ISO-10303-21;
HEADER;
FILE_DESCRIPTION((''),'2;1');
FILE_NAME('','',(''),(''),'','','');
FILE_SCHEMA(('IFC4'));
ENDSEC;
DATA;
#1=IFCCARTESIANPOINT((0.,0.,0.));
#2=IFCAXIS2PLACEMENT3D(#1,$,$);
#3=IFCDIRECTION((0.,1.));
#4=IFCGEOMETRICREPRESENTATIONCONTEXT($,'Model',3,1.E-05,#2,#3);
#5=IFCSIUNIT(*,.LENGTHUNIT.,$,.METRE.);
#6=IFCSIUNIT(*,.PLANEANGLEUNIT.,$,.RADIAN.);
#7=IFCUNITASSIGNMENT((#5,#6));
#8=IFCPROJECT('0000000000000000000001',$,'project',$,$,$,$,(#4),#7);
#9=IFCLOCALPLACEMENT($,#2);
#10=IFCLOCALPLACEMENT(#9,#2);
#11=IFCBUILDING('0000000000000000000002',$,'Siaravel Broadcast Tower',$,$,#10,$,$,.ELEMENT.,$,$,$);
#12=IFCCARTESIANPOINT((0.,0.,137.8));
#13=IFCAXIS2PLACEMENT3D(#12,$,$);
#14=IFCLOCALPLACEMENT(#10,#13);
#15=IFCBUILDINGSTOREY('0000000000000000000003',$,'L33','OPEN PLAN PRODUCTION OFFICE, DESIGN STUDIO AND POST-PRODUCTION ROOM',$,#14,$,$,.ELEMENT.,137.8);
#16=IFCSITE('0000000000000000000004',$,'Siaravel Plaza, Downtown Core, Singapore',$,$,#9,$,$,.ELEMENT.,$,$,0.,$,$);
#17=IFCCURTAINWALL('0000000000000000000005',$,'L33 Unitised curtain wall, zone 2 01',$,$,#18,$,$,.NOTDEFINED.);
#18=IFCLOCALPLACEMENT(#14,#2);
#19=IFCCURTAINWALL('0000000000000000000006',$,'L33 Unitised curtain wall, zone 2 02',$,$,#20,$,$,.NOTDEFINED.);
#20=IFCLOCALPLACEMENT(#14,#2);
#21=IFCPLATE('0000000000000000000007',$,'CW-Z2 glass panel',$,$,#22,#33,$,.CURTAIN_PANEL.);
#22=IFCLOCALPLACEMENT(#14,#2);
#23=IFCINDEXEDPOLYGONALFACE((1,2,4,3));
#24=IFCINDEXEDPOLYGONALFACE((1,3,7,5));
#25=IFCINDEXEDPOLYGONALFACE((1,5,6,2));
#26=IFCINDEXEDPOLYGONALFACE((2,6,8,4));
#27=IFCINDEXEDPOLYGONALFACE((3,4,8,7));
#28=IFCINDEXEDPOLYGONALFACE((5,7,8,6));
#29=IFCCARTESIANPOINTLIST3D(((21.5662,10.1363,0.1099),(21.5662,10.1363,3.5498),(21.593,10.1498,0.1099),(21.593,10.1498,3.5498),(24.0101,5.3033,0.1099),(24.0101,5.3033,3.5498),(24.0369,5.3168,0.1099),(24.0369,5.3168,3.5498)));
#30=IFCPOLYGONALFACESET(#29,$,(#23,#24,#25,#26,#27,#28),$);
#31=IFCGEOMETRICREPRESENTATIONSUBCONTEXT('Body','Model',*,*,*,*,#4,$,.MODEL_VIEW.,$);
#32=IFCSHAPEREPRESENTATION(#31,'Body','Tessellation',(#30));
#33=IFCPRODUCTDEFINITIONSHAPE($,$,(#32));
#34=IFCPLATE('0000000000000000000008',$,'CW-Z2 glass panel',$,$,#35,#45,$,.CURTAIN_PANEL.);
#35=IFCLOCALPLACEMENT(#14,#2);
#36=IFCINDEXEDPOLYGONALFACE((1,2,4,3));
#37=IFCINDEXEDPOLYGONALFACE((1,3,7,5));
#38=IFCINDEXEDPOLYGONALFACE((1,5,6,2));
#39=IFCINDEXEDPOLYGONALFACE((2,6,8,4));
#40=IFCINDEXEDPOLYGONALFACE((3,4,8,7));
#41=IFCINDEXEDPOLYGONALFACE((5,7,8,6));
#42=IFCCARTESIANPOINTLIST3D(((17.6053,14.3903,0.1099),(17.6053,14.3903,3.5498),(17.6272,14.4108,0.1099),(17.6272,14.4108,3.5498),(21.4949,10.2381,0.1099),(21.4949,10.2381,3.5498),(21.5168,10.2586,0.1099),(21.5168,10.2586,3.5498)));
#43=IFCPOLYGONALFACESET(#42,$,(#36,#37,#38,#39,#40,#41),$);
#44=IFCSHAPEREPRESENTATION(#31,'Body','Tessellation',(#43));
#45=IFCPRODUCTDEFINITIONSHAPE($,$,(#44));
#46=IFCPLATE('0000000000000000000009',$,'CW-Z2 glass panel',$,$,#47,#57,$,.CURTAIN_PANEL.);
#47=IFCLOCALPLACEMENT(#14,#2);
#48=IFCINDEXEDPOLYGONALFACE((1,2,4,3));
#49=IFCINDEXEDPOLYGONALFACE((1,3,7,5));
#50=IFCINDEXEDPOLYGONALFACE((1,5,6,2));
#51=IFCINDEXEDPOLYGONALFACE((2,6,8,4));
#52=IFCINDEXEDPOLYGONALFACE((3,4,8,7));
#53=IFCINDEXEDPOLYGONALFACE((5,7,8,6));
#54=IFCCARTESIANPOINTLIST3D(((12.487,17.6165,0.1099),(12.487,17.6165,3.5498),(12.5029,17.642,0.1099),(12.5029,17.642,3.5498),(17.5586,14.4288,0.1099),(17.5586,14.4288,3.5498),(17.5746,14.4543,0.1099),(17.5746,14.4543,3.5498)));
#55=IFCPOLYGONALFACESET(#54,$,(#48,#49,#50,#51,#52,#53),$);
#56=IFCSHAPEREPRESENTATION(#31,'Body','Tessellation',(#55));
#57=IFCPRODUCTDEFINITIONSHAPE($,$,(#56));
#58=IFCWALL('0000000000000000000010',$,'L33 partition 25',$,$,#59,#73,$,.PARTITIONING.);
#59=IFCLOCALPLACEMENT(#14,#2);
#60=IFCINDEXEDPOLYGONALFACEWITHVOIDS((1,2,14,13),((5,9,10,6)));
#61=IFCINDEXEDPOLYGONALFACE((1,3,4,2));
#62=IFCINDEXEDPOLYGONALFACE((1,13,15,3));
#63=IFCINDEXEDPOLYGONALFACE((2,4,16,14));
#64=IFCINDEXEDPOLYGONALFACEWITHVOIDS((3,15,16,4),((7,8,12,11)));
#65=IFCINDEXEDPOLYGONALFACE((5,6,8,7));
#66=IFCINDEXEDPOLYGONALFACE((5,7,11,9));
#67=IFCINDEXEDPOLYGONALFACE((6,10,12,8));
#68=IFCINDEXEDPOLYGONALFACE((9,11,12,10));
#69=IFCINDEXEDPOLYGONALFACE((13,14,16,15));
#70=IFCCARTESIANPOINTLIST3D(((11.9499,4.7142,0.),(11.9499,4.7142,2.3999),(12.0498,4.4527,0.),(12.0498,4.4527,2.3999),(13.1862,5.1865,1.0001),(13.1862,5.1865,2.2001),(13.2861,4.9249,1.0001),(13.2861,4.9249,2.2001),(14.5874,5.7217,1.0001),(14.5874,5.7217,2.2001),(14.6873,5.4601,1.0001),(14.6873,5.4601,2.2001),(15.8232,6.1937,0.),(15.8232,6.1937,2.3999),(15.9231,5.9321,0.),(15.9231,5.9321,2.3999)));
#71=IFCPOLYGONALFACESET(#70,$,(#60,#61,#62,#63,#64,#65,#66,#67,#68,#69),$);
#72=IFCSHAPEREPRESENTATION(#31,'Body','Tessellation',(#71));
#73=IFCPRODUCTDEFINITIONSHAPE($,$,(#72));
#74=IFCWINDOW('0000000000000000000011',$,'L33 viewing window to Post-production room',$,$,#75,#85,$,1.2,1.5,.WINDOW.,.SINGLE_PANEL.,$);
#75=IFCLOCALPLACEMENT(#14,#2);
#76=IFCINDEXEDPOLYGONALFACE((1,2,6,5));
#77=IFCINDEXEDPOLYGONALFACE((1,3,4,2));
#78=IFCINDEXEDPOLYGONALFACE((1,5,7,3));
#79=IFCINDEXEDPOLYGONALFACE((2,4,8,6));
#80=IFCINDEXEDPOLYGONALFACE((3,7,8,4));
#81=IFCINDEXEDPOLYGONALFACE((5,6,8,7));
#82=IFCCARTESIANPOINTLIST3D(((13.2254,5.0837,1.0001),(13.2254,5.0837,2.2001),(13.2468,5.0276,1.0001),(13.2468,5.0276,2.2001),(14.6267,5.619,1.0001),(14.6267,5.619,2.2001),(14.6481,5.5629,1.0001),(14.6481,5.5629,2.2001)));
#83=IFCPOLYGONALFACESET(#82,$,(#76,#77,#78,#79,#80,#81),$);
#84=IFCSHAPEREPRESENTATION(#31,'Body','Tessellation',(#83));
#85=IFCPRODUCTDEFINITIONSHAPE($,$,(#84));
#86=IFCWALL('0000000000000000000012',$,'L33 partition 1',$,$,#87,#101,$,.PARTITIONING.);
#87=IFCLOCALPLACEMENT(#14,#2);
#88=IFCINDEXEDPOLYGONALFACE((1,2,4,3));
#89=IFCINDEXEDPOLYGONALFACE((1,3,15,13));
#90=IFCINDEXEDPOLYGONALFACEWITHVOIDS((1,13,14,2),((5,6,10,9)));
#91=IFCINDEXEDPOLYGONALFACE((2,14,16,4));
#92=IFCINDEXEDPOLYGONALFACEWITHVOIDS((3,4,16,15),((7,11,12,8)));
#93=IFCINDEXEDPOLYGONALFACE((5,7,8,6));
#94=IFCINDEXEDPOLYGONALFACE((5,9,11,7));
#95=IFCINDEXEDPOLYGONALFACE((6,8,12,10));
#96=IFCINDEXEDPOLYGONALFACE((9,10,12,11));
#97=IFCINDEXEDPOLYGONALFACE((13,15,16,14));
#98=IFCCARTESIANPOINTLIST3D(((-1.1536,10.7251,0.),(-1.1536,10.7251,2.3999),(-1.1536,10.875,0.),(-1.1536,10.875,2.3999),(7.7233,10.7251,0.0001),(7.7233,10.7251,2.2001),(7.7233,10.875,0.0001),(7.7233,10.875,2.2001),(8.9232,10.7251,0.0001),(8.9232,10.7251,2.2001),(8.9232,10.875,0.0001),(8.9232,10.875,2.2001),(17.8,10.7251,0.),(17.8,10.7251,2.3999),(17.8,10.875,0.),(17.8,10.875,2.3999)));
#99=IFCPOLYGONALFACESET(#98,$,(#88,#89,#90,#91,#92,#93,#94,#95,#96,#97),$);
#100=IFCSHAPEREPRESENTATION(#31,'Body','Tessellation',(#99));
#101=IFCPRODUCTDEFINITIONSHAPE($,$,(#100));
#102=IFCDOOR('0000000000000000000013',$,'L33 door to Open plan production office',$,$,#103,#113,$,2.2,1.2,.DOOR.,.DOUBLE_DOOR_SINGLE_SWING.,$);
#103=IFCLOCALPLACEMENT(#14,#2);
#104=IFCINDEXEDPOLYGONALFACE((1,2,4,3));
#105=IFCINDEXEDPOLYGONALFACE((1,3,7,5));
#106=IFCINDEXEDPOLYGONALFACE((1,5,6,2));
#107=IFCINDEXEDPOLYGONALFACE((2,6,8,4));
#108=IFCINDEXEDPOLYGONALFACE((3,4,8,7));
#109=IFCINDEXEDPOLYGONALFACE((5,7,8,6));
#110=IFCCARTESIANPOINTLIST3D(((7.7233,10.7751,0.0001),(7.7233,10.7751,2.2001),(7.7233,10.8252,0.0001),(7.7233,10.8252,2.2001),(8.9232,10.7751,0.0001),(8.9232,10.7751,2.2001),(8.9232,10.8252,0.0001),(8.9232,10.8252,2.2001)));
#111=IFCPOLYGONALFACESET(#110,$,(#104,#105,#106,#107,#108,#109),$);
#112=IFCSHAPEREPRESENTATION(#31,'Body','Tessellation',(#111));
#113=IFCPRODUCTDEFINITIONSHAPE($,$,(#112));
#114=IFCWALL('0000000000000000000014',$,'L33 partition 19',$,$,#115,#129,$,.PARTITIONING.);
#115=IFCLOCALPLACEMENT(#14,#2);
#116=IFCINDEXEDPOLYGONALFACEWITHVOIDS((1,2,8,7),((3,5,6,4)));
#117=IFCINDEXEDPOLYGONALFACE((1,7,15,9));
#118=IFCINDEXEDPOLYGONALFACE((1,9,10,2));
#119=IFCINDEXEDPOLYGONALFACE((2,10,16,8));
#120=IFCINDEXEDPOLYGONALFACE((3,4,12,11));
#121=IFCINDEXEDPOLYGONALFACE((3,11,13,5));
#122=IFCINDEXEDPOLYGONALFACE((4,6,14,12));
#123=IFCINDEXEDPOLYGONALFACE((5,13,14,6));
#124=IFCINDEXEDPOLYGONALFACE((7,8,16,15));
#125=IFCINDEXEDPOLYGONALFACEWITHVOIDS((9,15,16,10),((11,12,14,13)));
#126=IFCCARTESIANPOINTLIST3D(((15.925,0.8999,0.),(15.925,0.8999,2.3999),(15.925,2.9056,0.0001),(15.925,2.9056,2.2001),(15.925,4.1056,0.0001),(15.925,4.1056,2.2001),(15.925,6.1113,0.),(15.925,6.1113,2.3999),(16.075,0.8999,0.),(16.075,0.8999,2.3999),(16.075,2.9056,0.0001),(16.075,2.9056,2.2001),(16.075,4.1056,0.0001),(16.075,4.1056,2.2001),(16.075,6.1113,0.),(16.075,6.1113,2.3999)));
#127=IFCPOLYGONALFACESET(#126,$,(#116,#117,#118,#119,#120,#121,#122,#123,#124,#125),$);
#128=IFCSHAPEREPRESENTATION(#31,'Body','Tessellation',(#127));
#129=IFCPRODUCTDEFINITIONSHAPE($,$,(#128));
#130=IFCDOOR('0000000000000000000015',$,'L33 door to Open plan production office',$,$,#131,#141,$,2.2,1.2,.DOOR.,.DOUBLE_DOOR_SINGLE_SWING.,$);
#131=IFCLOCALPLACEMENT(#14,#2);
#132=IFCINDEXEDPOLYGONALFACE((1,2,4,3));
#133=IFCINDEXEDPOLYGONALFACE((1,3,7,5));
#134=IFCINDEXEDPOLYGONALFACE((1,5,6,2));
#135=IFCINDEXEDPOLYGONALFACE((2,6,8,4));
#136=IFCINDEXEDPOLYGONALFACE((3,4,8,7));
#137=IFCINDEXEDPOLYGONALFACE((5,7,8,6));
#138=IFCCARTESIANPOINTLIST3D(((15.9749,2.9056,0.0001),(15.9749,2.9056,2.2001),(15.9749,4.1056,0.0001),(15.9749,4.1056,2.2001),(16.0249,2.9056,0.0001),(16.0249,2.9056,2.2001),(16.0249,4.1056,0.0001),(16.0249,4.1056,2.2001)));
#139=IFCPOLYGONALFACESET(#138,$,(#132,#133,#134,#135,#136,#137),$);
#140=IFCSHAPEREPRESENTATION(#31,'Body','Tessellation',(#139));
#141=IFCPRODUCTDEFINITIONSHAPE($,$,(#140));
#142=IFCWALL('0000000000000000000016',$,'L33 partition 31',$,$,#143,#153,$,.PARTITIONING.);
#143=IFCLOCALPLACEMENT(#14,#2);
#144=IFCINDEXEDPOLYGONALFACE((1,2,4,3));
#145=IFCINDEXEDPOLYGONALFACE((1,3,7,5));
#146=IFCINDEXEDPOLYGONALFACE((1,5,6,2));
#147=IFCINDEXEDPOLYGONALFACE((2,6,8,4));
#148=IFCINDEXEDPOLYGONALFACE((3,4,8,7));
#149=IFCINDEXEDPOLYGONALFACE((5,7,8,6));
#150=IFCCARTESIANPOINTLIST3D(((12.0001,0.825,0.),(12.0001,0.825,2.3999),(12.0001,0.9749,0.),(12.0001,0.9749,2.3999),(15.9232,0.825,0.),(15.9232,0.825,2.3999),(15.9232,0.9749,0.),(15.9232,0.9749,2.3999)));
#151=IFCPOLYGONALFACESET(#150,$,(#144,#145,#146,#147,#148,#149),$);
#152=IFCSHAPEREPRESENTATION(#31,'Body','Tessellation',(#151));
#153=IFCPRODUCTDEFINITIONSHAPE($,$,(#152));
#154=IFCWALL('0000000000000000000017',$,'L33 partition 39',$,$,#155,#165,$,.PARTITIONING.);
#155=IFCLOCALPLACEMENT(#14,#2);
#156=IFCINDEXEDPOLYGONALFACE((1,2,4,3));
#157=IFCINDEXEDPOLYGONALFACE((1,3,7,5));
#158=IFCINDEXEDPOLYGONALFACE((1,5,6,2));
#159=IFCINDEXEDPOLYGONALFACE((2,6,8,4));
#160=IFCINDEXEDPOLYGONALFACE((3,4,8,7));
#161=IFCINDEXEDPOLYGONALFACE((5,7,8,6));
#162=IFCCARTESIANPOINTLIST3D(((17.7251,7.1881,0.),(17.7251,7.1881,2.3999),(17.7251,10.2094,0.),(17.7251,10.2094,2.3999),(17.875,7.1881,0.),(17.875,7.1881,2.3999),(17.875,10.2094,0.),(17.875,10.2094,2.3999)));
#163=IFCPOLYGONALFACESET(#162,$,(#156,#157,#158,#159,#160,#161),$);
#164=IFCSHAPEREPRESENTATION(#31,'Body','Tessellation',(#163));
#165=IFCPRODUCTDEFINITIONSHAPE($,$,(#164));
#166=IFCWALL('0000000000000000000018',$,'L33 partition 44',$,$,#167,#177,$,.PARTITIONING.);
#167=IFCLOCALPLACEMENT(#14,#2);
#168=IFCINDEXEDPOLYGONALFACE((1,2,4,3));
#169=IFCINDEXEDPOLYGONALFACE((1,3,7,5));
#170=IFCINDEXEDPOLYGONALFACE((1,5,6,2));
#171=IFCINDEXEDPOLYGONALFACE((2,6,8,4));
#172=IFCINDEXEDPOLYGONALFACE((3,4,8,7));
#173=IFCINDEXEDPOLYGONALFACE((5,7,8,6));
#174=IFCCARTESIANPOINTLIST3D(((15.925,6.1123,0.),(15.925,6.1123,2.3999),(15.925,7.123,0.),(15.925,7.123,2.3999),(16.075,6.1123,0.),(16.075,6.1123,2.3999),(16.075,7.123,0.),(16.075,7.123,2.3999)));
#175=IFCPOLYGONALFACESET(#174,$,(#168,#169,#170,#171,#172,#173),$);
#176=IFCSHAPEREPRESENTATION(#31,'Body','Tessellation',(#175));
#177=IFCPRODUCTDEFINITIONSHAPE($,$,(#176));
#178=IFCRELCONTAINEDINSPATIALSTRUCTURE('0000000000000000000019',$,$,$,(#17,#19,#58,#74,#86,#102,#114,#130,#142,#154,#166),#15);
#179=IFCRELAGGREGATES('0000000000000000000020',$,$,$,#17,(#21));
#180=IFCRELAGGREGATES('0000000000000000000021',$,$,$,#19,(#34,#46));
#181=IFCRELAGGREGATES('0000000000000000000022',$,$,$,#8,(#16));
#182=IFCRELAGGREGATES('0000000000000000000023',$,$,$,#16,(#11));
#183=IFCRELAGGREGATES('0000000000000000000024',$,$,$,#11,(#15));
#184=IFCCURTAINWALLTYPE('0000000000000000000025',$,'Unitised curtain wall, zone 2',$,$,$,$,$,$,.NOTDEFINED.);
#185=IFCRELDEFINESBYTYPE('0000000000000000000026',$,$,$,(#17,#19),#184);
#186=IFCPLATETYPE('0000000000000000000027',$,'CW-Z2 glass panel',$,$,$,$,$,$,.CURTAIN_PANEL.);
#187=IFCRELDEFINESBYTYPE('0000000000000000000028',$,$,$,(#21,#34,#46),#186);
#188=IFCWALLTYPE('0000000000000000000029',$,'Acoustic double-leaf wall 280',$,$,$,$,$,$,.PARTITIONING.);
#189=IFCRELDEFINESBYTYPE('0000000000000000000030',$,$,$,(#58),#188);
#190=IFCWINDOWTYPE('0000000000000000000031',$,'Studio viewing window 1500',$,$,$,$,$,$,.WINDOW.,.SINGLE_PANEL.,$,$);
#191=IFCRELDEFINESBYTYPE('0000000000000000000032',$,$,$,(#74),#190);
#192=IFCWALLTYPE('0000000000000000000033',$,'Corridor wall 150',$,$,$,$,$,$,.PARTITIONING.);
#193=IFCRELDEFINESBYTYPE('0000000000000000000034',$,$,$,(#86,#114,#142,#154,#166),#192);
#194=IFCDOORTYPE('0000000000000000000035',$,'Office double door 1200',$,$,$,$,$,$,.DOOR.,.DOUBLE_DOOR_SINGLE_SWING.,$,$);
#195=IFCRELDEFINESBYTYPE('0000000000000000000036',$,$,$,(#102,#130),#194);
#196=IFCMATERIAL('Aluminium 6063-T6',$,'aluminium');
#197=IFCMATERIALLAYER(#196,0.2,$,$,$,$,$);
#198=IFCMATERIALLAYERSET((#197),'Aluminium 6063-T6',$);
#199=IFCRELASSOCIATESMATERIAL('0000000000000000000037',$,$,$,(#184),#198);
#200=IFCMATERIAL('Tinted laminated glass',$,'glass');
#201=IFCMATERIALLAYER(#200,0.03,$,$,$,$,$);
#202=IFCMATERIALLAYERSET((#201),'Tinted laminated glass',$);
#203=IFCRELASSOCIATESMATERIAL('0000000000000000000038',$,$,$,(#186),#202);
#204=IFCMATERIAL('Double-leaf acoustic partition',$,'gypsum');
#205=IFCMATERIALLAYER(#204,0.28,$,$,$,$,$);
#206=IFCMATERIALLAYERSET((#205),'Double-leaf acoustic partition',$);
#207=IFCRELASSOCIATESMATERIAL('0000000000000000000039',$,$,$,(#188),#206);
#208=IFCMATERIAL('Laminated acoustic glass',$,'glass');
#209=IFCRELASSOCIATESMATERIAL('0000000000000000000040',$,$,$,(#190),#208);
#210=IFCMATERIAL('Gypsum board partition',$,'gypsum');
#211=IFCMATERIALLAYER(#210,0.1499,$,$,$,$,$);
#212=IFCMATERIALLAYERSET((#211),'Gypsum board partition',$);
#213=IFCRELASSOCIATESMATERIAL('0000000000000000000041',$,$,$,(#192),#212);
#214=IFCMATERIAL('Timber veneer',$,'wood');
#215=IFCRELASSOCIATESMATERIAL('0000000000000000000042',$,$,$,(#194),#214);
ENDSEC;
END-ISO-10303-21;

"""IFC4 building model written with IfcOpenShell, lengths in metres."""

from ifc_helpers import new_model, si_unit, direction, frame, frame_2d, origin, origin_2d, place, context, subcontext, project, spatial, rectangle, extrude, material, layer, layer_set, type_object, element, fill, aggregate, save


model = new_model("IFC4")

# Units and contexts
model_context = context("Model", 3, precision=1e-05, world=origin(), true_north=direction((0.0, 1.0)))
body_context = subcontext(model_context, "Body", "Model", "MODEL_VIEW")
ifc_project = project(units=[si_unit("LENGTHUNIT", "METRE"), si_unit("PLANEANGLEUNIT", "RADIAN")], contexts=[model_context])

# Site, building, storey
site_placement = place(None, origin())
site = spatial("IfcSite", under=ifc_project, at=site_placement, Name="Siaravel Plaza, Downtown Core, Singapore", CompositionType="ELEMENT", RefElevation=0.0)
building_placement = place(site_placement, origin())
building = spatial("IfcBuilding", under=site, at=building_placement, Name="Siaravel Broadcast Tower", CompositionType="ELEMENT")
storey_placement = place(building_placement, frame((0.0, 0.0, 137.8)))
storey = spatial("IfcBuildingStorey", under=building, at=storey_placement, Name="L33", Description="OPEN PLAN PRODUCTION OFFICE, DESIGN STUDIO AND POST-PRODUCTION ROOM", CompositionType="ELEMENT", Elevation=137.8)

# Curtain walls
ifc_material_1 = material(Name="Aluminium 6063-T6", Category="aluminium")
ifc_layer_1 = layer(ifc_material_1, 0.2)
ifc_layer_set_1 = layer_set([ifc_layer_1], Name="Aluminium 6063-T6")
curtain_wall_type = type_object("IfcCurtainWallType", Name="Unitised curtain wall, zone 2", PredefinedType="NOTDEFINED", material=ifc_layer_set_1)
curtain_wall_1_placement = place(storey_placement, origin())
curtain_wall_1 = element("IfcCurtainWall", 1, at=curtain_wall_1_placement, inside=storey, type_object=curtain_wall_type, Name="L33 Unitised curtain wall, zone 2 01", PredefinedType="NOTDEFINED")
curtain_wall_2_placement = place(storey_placement, origin())
curtain_wall_2 = element("IfcCurtainWall", 2, at=curtain_wall_2_placement, inside=storey, type_object=curtain_wall_type, Name="L33 Unitised curtain wall, zone 2 02", PredefinedType="NOTDEFINED")

# Plates
ifc_material_2 = material(Name="Tinted laminated glass", Category="glass")
ifc_layer_2 = layer(ifc_material_2, 0.03)
ifc_layer_set_2 = layer_set([ifc_layer_2], Name="Tinted laminated glass")
plate_type = type_object("IfcPlateType", Name="CW-Z2 glass panel", PredefinedType="CURTAIN_PANEL", material=ifc_layer_set_2)
plate_1_placement = place(storey_placement, frame((22.8015, 7.7266, 0.1099), z_axis=(0.0, 0.0, 1.0), x_axis=(-0.451259, 0.892393, 0.0)))
plate_1 = element("IfcPlate", 3, at=plate_1_placement, type_object=plate_type, Name="CW-Z2 glass panel", PredefinedType="CURTAIN_PANEL", context=body_context, shape_type="SweptSolid", body=[
    extrude(rectangle(XDim=5.4158, YDim=0.03, at=origin_2d()), origin(), (0.0, 0.0, 1.0), 3.4399),
])
aggregate(curtain_wall_1, [plate_1])
plate_2_placement = place(storey_placement, frame((19.561, 12.3245, 0.1099), z_axis=(0.0, 0.0, 1.0), x_axis=(-0.683653, 0.729807, 0.0)))
plate_2 = element("IfcPlate", 4, at=plate_2_placement, type_object=plate_type, Name="CW-Z2 glass panel", PredefinedType="CURTAIN_PANEL", context=body_context, shape_type="SweptSolid", body=[
    extrude(rectangle(XDim=5.6895, YDim=0.03, at=origin_2d()), origin(), (0.0, 0.0, 1.0), 3.4399),
])
plate_3_placement = place(storey_placement, frame((15.0308, 16.0354, 0.1099), z_axis=(0.0, 0.0, 1.0), x_axis=(-0.846649, 0.532151, 0.0)))
plate_3 = element("IfcPlate", 5, at=plate_3_placement, type_object=plate_type, Name="CW-Z2 glass panel", PredefinedType="CURTAIN_PANEL", context=body_context, shape_type="SweptSolid", body=[
    extrude(rectangle(XDim=5.9902, YDim=0.03, at=origin_2d()), origin(), (0.0, 0.0, 1.0), 3.4399),
])
aggregate(curtain_wall_2, [plate_2, plate_3])

# Wall, opening, window
ifc_material_3 = material(Name="Double-leaf acoustic partition", Category="gypsum")
ifc_layer_3 = layer(ifc_material_3, 0.28)
ifc_layer_set_3 = layer_set([ifc_layer_3], Name="Double-leaf acoustic partition")
wall_type_1 = type_object("IfcWallType", Name="Acoustic double-leaf wall 280", PredefinedType="PARTITIONING", material=ifc_layer_set_3)
wall_1_placement = place(storey_placement, frame((15.8733, 6.063, 0.0), z_axis=(0.0, 0.0, 1.0), x_axis=(-0.93417, -0.356828, 0.0)))
wall_1 = element("IfcWall", 6, at=wall_1_placement, inside=storey, type_object=wall_type_1, Name="L33 partition 25", PredefinedType="PARTITIONING", context=body_context, shape_type="SweptSolid", body=[
    extrude(rectangle(XDim=4.1462, YDim=0.28, at=frame_2d((2.0732, 0.0))), origin(), (0.0, 0.0, 1.0), 2.3999),
])
opening_1_placement = place(wall_1_placement, frame((1.323, 0.0, 1.0)))
opening_1 = element("IfcOpeningElement", 7, at=opening_1_placement, cuts=wall_1, PredefinedType="OPENING", context=body_context, shape_type="SweptSolid", body=[
    extrude(rectangle(XDim=1.5, YDim=1.2, at=frame_2d((0.75, 0.6001))), frame((0.0, 0.1499, 0.0), z_axis=(0.0, -1.0, 0.0), x_axis=(1.0, 0.0, 0.0)), (0.0, 0.0, 1.0), 0.3),
])
ifc_material_4 = material(Name="Laminated acoustic glass", Category="glass")
window_type = type_object("IfcWindowType", Name="Studio viewing window 1500", PartitioningType="SINGLE_PANEL", PredefinedType="WINDOW", material=ifc_material_4)
window_placement = place(opening_1_placement, origin())
window = element("IfcWindow", 8, at=window_placement, inside=storey, type_object=window_type, Name="L33 viewing window to Post-production room", OverallHeight=1.2, OverallWidth=1.5, PartitioningType="SINGLE_PANEL", PredefinedType="WINDOW", context=body_context, shape_type="SweptSolid", body=[
    extrude(rectangle(XDim=1.5, YDim=1.2, at=frame_2d((0.75, 0.6001))), frame((0.0, 0.03, 0.0), z_axis=(0.0, -1.0, 0.0), x_axis=(1.0, 0.0, 0.0)), (0.0, 0.0, 1.0), 0.0601),
])
fill(opening_1, window)

# Walls, openings, doors
ifc_material_5 = material(Name="Gypsum board partition", Category="gypsum")
ifc_layer_4 = layer(ifc_material_5, 0.1499)
ifc_layer_set_4 = layer_set([ifc_layer_4], Name="Gypsum board partition")
wall_type_2 = type_object("IfcWallType", Name="Corridor wall 150", PredefinedType="PARTITIONING", material=ifc_layer_set_4)
wall_2_placement = place(storey_placement, frame((17.8, 10.8, 0.0), z_axis=(0.0, 0.0, 1.0), x_axis=(-1.0, 0.0, 0.0)))
wall_2 = element("IfcWall", 9, at=wall_2_placement, inside=storey, type_object=wall_type_2, Name="L33 partition 1", PredefinedType="PARTITIONING", context=body_context, shape_type="SweptSolid", body=[
    extrude(rectangle(XDim=18.9536, YDim=0.1499, at=frame_2d((9.4768, 0.0))), origin(), (0.0, 0.0, 1.0), 2.3999),
])
opening_2_placement = place(wall_2_placement, frame((8.8767, 0.0, 0.0)))
opening_2 = element("IfcOpeningElement", 10, at=opening_2_placement, cuts=wall_2, PredefinedType="OPENING", context=body_context, shape_type="SweptSolid", body=[
    extrude(rectangle(XDim=1.2, YDim=2.2, at=frame_2d((0.6001, 1.1001))), frame((0.0, 0.085, 0.0), z_axis=(0.0, -1.0, 0.0), x_axis=(1.0, 0.0, 0.0)), (0.0, 0.0, 1.0), 0.1699),
])
ifc_material_6 = material(Name="Timber veneer", Category="wood")
door_type = type_object("IfcDoorType", Name="Office double door 1200", OperationType="DOUBLE_DOOR_SINGLE_SWING", PredefinedType="DOOR", material=ifc_material_6)
door_1_placement = place(opening_2_placement, origin())
door_1 = element("IfcDoor", 11, at=door_1_placement, inside=storey, type_object=door_type, Name="L33 door to Open plan production office", OperationType="DOUBLE_DOOR_SINGLE_SWING", OverallHeight=2.2, OverallWidth=1.2, PredefinedType="DOOR", context=body_context, shape_type="SweptSolid", body=[
    extrude(rectangle(XDim=1.2, YDim=2.2, at=frame_2d((0.6001, 1.1001))), frame((0.0, 0.0249, 0.0), z_axis=(0.0, -1.0, 0.0), x_axis=(1.0, 0.0, 0.0)), (0.0, 0.0, 1.0), 0.05),
])
fill(opening_2, door_1)
wall_3_placement = place(storey_placement, frame((16.0, 6.1113, 0.0), z_axis=(0.0, 0.0, 1.0), x_axis=(0.0, -1.0, 0.0)))
wall_3 = element("IfcWall", 12, at=wall_3_placement, inside=storey, type_object=wall_type_2, Name="L33 partition 19", PredefinedType="PARTITIONING", context=body_context, shape_type="SweptSolid", body=[
    extrude(rectangle(XDim=5.2114, YDim=0.1499, at=frame_2d((2.6057, 0.0))), origin(), (0.0, 0.0, 1.0), 2.3999),
])
opening_3_placement = place(wall_3_placement, frame((2.0056, 0.0, 0.0)))
opening_3 = element("IfcOpeningElement", 13, at=opening_3_placement, cuts=wall_3, PredefinedType="OPENING", context=body_context, shape_type="SweptSolid", body=[
    extrude(rectangle(XDim=1.2, YDim=2.2, at=frame_2d((0.6001, 1.1001))), frame((0.0, 0.085, 0.0), z_axis=(0.0, -1.0, 0.0), x_axis=(1.0, 0.0, 0.0)), (0.0, 0.0, 1.0), 0.1699),
])
door_2_placement = place(opening_3_placement, origin())
door_2 = element("IfcDoor", 14, at=door_2_placement, inside=storey, type_object=door_type, Name="L33 door to Open plan production office", OperationType="DOUBLE_DOOR_SINGLE_SWING", OverallHeight=2.2, OverallWidth=1.2, PredefinedType="DOOR", context=body_context, shape_type="SweptSolid", body=[
    extrude(rectangle(XDim=1.2, YDim=2.2, at=frame_2d((0.6001, 1.1001))), frame((0.0, 0.0249, 0.0), z_axis=(0.0, -1.0, 0.0), x_axis=(1.0, 0.0, 0.0)), (0.0, 0.0, 1.0), 0.05),
])
fill(opening_3, door_2)

# Walls
wall_4_placement = place(storey_placement, frame((15.9231, 0.8999, 0.0), z_axis=(0.0, 0.0, 1.0), x_axis=(-1.0, 0.0, 0.0)))
element("IfcWall", 15, at=wall_4_placement, inside=storey, type_object=wall_type_2, Name="L33 partition 31", PredefinedType="PARTITIONING", context=body_context, shape_type="SweptSolid", body=[
    extrude(rectangle(XDim=3.9231, YDim=0.1499, at=frame_2d((1.9614, 0.0))), origin(), (0.0, 0.0, 1.0), 2.3999),
])
wall_5_placement = place(storey_placement, frame((17.8, 7.188, 0.0), z_axis=(0.0, 0.0, 1.0), x_axis=(0.0, 1.0, 0.0)))
element("IfcWall", 16, at=wall_5_placement, inside=storey, type_object=wall_type_2, Name="L33 partition 39", PredefinedType="PARTITIONING", context=body_context, shape_type="SweptSolid", body=[
    extrude(rectangle(XDim=3.0212, YDim=0.1499, at=frame_2d((1.5107, 0.0))), origin(), (0.0, 0.0, 1.0), 2.3999),
])
wall_6_placement = place(storey_placement, frame((16.0, 7.123, 0.0), z_axis=(0.0, 0.0, 1.0), x_axis=(0.0, -1.0, 0.0)))
element("IfcWall", 17, at=wall_6_placement, inside=storey, type_object=wall_type_2, Name="L33 partition 44", PredefinedType="PARTITIONING", context=body_context, shape_type="SweptSolid", body=[
    extrude(rectangle(XDim=1.0107, YDim=0.1499, at=frame_2d((0.5054, 0.0))), origin(), (0.0, 0.0, 1.0), 2.3999),
])

save(model, "model.ifc")
